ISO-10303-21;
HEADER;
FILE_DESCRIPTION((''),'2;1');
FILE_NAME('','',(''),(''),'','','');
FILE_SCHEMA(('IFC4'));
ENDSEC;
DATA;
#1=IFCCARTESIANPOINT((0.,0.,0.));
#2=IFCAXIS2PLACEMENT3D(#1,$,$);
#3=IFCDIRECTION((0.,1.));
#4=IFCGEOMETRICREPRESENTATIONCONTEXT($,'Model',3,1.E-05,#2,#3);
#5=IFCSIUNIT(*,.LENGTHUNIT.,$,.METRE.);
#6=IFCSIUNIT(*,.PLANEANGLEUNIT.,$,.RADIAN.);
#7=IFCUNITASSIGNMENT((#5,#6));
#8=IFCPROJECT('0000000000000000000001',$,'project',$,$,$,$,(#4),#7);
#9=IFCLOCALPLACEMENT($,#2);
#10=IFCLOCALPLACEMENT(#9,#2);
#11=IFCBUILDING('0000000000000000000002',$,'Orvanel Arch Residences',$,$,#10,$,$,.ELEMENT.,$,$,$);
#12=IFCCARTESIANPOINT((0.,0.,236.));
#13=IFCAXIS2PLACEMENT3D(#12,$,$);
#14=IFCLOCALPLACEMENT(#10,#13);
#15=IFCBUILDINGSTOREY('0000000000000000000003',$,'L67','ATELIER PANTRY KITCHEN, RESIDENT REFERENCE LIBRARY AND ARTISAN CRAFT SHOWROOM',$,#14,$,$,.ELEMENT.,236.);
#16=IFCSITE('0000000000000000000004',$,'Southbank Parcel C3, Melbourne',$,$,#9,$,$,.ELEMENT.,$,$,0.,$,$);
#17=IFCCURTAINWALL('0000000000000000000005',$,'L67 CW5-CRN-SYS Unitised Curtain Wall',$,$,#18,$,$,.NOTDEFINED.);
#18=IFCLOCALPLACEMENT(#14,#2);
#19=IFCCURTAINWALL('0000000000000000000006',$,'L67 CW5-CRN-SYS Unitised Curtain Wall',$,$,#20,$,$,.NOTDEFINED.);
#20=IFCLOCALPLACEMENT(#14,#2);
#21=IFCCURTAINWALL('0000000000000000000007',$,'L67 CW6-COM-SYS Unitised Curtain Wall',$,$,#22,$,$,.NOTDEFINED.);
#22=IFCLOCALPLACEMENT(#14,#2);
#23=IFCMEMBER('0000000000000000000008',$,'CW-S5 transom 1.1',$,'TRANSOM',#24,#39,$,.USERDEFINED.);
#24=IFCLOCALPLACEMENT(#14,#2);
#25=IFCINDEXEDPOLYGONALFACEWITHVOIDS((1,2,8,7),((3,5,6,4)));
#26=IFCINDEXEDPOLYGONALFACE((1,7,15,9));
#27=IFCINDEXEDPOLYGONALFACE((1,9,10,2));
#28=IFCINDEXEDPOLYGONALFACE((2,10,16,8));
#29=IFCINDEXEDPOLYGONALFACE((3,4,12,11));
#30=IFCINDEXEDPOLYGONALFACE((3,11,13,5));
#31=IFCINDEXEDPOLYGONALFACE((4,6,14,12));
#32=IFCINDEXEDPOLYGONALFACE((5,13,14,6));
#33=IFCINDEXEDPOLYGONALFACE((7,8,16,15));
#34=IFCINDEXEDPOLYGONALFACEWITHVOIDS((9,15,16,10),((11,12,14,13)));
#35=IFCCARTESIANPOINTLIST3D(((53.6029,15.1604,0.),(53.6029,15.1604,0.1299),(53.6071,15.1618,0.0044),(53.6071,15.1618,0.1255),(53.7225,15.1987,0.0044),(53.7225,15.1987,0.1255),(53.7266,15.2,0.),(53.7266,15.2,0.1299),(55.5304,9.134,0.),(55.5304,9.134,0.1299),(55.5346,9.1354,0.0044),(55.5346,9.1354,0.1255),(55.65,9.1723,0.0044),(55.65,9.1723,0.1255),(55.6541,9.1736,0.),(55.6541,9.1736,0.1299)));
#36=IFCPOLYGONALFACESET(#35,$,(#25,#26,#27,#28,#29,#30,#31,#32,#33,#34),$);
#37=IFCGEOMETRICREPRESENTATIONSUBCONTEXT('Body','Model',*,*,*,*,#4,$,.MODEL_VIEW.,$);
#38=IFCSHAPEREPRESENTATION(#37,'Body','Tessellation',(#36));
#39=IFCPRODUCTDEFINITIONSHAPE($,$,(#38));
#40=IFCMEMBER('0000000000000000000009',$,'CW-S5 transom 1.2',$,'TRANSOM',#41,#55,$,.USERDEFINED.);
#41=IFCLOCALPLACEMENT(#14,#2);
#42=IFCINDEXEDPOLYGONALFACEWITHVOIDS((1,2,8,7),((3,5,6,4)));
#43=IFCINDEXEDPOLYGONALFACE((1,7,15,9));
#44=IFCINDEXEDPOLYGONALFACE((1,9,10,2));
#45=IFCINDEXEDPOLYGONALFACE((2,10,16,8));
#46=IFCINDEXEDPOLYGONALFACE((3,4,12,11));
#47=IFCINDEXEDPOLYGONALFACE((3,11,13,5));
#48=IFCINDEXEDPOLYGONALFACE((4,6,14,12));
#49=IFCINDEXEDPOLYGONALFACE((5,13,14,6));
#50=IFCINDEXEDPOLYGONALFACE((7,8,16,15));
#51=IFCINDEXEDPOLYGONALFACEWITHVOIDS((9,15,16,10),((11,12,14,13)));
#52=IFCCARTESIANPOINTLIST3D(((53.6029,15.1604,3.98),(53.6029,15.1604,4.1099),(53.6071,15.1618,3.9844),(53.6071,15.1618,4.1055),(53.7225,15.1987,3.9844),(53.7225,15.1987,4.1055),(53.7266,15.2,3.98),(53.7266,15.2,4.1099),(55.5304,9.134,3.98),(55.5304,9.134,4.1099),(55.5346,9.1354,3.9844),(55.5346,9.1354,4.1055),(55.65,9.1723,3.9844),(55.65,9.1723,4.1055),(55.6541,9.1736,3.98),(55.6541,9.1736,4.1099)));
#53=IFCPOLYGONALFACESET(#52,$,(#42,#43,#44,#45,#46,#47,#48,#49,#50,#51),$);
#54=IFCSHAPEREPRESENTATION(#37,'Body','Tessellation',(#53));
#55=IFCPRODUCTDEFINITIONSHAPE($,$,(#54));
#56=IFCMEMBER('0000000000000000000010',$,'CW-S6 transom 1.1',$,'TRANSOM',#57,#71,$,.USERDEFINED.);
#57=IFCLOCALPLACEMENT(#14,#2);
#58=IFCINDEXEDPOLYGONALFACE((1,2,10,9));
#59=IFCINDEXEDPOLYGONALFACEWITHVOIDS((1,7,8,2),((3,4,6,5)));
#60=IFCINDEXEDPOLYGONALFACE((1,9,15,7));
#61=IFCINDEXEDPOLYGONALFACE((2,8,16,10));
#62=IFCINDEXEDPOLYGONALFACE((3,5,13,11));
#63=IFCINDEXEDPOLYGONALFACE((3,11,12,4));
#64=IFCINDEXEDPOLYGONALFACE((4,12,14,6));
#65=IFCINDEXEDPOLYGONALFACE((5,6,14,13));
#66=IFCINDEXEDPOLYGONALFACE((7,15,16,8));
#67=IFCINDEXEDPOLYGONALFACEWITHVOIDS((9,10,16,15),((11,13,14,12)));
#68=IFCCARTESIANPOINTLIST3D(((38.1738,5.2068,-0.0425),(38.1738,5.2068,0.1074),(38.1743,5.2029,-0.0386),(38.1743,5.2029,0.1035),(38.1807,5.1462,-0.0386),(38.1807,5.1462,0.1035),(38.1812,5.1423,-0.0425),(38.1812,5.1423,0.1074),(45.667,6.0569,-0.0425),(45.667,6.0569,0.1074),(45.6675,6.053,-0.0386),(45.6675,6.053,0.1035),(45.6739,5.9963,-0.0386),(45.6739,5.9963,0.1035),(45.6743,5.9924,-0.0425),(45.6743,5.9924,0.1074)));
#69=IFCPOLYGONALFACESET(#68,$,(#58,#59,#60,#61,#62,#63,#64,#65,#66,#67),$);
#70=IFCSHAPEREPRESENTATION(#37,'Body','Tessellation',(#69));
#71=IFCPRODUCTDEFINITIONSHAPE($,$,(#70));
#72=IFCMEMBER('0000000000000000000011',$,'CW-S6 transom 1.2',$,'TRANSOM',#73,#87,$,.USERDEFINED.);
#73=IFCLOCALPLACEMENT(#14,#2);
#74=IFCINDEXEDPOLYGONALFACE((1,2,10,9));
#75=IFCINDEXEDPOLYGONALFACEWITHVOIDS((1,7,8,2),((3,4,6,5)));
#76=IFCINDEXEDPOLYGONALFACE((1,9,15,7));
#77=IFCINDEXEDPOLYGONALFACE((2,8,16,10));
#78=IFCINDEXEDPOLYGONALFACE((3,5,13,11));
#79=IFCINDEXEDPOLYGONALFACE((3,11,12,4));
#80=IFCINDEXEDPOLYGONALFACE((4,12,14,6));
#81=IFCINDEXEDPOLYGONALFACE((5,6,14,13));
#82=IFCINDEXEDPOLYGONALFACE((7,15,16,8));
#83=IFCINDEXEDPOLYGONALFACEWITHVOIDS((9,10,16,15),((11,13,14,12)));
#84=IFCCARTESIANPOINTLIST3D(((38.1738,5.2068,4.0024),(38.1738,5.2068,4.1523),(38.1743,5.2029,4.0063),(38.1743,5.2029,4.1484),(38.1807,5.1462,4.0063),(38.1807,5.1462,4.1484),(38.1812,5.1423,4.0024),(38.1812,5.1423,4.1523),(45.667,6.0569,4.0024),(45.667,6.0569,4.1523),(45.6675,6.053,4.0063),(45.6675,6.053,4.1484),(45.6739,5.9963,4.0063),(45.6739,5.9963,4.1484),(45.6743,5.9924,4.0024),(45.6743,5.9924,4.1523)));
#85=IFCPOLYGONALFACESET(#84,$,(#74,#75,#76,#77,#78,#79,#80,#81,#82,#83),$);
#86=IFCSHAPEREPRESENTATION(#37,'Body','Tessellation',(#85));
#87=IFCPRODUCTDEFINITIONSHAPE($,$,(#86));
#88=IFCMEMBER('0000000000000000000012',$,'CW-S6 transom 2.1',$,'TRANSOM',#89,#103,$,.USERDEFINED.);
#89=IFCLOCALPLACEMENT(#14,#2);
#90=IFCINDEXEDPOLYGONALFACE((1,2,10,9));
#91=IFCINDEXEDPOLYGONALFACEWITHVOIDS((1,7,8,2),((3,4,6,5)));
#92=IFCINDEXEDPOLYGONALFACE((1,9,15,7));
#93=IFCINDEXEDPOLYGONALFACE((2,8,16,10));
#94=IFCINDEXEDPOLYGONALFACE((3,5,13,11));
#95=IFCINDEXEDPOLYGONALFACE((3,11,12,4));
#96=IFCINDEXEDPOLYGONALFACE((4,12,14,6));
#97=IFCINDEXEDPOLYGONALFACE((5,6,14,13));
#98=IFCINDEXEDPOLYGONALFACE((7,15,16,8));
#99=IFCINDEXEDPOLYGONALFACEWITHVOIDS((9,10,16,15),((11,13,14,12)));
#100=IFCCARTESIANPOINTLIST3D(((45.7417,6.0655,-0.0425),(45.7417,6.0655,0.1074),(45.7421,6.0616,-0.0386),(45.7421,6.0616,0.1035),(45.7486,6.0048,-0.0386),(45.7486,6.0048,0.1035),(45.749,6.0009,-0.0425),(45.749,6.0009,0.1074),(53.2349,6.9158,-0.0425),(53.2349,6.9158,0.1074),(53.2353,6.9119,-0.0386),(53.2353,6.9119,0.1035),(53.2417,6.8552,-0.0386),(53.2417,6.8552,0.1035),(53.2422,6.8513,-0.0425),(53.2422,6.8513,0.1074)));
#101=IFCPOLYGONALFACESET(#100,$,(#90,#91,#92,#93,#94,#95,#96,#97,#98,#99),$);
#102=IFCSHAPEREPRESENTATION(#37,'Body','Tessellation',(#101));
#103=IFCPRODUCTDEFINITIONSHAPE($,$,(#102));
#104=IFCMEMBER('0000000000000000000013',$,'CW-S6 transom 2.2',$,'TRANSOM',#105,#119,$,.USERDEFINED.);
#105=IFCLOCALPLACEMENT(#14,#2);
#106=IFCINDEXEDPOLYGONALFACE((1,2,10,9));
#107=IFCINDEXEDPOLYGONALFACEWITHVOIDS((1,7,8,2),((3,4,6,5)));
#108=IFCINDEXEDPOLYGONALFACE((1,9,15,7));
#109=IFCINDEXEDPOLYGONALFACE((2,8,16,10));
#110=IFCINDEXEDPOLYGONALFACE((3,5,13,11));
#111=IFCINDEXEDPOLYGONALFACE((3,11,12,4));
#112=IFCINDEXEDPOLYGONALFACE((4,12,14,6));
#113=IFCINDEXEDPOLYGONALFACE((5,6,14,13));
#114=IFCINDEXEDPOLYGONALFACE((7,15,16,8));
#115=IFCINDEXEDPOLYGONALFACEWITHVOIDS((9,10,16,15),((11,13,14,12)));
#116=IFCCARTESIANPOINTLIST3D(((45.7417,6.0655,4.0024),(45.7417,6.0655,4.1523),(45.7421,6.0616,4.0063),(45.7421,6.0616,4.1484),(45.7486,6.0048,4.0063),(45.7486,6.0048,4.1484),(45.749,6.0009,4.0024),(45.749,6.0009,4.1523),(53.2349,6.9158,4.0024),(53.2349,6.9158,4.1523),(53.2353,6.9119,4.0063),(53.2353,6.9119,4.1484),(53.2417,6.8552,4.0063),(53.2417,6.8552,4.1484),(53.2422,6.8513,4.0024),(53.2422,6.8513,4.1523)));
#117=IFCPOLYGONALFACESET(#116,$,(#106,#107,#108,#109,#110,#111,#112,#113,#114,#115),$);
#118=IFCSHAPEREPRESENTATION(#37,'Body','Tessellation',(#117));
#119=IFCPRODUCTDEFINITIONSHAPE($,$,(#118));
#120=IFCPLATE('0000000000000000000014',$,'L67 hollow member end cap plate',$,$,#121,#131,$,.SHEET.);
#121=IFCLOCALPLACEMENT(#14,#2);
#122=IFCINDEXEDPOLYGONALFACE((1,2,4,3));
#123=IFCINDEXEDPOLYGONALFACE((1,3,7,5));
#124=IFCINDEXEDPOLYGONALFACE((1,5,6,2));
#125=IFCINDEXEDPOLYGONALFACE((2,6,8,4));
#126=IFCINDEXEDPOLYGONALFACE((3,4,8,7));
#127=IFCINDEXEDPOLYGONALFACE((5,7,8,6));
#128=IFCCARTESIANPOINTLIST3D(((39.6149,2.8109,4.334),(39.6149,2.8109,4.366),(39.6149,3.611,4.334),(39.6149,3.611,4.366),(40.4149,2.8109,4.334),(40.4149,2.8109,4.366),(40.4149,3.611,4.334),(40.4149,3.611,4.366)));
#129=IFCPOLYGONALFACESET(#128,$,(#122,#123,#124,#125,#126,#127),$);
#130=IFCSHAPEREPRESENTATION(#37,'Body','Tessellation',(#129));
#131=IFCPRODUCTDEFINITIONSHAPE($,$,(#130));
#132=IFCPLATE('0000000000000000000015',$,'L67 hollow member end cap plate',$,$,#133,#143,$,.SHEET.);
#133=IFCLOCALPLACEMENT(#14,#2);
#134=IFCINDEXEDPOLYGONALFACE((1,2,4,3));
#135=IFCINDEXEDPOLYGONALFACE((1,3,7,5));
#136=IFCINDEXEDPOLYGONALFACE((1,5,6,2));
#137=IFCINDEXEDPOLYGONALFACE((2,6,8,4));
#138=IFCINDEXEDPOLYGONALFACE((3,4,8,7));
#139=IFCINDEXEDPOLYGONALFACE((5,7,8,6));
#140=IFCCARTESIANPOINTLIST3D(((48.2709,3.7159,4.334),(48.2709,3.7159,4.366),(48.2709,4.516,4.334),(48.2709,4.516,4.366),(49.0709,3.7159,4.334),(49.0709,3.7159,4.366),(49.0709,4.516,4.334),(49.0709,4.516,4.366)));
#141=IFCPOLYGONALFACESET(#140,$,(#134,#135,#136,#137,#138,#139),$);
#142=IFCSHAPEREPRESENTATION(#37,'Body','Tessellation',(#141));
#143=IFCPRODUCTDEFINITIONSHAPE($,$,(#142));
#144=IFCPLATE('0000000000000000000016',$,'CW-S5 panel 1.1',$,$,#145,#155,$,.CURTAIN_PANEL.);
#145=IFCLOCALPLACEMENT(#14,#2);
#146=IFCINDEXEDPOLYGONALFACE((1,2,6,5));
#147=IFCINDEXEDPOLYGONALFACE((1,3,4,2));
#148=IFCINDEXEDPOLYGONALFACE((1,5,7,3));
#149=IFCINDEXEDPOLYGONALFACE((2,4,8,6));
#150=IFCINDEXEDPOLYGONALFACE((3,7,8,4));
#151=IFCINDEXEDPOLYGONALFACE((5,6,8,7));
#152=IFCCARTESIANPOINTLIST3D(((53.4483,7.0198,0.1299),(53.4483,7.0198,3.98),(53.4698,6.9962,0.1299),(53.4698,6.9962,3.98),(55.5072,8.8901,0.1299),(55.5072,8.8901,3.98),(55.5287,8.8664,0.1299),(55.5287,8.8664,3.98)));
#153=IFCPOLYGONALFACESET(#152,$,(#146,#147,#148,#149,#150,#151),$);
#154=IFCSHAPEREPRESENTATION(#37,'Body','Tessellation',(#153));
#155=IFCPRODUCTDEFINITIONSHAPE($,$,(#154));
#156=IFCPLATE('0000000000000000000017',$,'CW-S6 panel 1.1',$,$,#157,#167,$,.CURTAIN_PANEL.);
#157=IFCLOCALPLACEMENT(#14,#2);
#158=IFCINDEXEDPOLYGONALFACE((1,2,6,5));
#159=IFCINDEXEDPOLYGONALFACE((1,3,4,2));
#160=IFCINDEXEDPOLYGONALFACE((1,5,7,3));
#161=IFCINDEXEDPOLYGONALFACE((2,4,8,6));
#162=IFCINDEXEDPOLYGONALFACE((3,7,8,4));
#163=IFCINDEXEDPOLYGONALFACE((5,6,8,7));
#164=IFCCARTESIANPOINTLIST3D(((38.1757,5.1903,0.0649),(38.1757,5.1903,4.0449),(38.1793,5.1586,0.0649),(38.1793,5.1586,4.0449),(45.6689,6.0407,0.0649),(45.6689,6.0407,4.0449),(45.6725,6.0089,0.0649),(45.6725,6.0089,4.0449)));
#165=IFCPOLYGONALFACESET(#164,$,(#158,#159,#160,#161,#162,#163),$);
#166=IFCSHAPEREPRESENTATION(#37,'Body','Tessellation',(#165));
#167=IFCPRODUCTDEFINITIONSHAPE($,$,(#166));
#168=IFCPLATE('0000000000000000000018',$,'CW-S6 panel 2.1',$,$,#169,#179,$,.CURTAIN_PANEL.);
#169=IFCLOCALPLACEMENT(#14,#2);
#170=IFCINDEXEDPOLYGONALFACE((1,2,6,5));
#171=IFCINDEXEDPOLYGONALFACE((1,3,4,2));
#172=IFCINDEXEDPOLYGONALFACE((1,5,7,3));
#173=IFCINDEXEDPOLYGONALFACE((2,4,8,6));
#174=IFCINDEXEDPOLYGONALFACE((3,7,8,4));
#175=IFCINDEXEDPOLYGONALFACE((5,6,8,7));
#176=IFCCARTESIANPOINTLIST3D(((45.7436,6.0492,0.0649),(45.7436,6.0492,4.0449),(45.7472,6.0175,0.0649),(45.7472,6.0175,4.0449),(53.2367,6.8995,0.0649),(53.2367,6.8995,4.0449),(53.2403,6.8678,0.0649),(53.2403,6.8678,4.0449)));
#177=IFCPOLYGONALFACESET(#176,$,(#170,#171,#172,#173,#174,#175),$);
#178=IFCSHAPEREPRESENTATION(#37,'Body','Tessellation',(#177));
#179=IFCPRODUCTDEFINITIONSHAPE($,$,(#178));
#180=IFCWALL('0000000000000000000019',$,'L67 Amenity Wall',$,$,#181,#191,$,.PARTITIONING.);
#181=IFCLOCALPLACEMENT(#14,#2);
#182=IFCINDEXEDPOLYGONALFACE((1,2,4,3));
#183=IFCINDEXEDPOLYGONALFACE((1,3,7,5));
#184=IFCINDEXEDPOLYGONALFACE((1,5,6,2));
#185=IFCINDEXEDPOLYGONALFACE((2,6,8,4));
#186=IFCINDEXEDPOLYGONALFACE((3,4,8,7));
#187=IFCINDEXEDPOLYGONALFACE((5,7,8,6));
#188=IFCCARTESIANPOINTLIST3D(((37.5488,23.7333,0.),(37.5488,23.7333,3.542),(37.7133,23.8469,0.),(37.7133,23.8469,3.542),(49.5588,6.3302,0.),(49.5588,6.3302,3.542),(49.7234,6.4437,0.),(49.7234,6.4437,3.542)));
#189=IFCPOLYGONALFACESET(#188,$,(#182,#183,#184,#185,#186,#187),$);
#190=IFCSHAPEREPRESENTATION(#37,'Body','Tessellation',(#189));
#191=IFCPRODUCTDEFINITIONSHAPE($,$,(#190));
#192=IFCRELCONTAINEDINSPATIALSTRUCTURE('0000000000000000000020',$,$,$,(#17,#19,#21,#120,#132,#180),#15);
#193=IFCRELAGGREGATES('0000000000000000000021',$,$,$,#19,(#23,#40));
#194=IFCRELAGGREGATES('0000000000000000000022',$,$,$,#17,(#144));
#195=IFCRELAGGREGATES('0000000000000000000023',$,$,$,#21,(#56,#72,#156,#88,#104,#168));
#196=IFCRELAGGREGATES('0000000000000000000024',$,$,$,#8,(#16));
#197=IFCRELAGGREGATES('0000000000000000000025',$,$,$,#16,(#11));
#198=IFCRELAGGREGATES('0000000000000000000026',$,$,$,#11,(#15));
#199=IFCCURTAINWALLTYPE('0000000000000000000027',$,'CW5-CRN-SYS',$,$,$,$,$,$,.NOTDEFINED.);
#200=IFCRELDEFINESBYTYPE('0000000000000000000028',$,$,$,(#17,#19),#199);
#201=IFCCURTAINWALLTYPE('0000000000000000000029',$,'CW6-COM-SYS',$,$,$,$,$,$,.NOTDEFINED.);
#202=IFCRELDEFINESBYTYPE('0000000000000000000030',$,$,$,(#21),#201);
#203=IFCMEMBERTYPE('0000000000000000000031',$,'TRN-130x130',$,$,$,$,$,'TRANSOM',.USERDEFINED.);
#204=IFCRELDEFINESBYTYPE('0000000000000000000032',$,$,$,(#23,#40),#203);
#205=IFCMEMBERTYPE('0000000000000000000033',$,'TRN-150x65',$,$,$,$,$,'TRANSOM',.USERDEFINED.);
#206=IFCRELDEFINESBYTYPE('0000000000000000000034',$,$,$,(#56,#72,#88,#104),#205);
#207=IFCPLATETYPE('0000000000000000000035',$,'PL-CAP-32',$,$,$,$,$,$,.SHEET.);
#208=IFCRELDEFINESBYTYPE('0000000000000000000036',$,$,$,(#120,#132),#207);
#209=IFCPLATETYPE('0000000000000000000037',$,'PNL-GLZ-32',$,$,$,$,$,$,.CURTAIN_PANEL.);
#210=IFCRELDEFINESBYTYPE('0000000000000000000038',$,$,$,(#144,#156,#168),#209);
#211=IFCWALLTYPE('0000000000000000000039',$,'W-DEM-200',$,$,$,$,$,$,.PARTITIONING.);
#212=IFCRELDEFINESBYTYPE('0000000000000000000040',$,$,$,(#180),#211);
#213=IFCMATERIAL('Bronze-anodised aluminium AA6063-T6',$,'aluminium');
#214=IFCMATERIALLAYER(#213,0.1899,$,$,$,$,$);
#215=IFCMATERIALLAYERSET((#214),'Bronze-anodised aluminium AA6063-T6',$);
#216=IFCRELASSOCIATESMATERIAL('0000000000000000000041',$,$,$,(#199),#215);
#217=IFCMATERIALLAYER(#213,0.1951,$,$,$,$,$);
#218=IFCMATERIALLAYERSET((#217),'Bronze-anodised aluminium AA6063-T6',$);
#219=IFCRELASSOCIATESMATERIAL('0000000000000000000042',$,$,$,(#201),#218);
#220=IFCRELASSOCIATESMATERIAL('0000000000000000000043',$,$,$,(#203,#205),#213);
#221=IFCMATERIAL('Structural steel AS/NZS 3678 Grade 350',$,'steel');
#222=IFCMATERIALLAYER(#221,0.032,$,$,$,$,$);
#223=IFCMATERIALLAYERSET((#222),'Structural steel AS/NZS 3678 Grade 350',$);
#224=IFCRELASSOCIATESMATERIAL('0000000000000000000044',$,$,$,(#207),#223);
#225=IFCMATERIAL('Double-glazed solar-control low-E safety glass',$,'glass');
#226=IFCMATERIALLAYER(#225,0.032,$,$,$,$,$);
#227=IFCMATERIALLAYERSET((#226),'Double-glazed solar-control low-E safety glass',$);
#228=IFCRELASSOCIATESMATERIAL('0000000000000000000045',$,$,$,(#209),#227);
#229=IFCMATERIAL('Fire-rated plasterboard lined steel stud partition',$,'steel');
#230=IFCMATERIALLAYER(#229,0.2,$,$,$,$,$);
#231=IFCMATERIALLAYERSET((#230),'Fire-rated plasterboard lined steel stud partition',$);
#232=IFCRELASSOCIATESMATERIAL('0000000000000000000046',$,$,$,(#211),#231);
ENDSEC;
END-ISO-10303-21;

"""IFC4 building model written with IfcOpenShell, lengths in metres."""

from ifc_helpers import new_model, si_unit, direction, frame, frame_2d, origin, origin_2d, place, context, subcontext, project, spatial, rectangle, hollow_rectangle, extrude, material, layer, layer_set, material_profile, profile_set, type_object, element, aggregate, save


model = new_model("IFC4")

# Units and contexts
model_context = context("Model", 3, precision=1e-05, world=origin(), true_north=direction((0.0, 1.0)))
body_context = subcontext(model_context, "Body", "Model", "MODEL_VIEW")
ifc_project = project(units=[si_unit("LENGTHUNIT", "METRE"), si_unit("PLANEANGLEUNIT", "RADIAN")], contexts=[model_context])

# Site, building, storey
site_placement = place(None, origin())
site = spatial("IfcSite", under=ifc_project, at=site_placement, Name="Southbank Parcel C3, Melbourne", CompositionType="ELEMENT", RefElevation=0.0)
building_placement = place(site_placement, origin())
building = spatial("IfcBuilding", under=site, at=building_placement, Name="Orvanel Arch Residences", CompositionType="ELEMENT")
storey_placement = place(building_placement, frame((0.0, 0.0, 236.0)))
storey = spatial("IfcBuildingStorey", under=building, at=storey_placement, Name="L67", Description="ATELIER PANTRY KITCHEN, RESIDENT REFERENCE LIBRARY AND ARTISAN CRAFT SHOWROOM", CompositionType="ELEMENT", Elevation=236.0)

# Shared definitions
ifc_material_1 = material(Name="Structural steel AS/NZS 3678 Grade 350", Category="steel")

# Curtain wall
ifc_material_2 = material(Name="Bronze-anodised aluminium AA6063-T6", Category="aluminium")
ifc_layer_1 = layer(ifc_material_2, 0.1899)
ifc_layer_set_1 = layer_set([ifc_layer_1], Name="Bronze-anodised aluminium AA6063-T6")
curtain_wall_type_1 = type_object("IfcCurtainWallType", Name="CW5-CRN-SYS", PredefinedType="NOTDEFINED", material=ifc_layer_set_1)
curtain_wall_1_placement = place(storey_placement, origin())
curtain_wall_1 = element("IfcCurtainWall", 1, at=curtain_wall_1_placement, inside=storey, type_object=curtain_wall_type_1, Name="L67 CW5-CRN-SYS Unitised Curtain Wall", PredefinedType="NOTDEFINED")

# Curtain wall
curtain_wall_2_placement = place(storey_placement, origin())
curtain_wall_2 = element("IfcCurtainWall", 2, at=curtain_wall_2_placement, inside=storey, type_object=curtain_wall_type_1, Name="L67 CW5-CRN-SYS Unitised Curtain Wall", PredefinedType="NOTDEFINED")

# Curtain wall
ifc_layer_2 = layer(ifc_material_2, 0.1951)
ifc_layer_set_2 = layer_set([ifc_layer_2], Name="Bronze-anodised aluminium AA6063-T6")
curtain_wall_type_2 = type_object("IfcCurtainWallType", Name="CW6-COM-SYS", PredefinedType="NOTDEFINED", material=ifc_layer_set_2)
curtain_wall_3_placement = place(storey_placement, origin())
curtain_wall_3 = element("IfcCurtainWall", 3, at=curtain_wall_3_placement, inside=storey, type_object=curtain_wall_type_2, Name="L67 CW6-COM-SYS Unitised Curtain Wall", PredefinedType="NOTDEFINED")

# Members
ifc_material_profile_1 = material_profile(ifc_material_2, hollow_rectangle(XDim=0.1299, YDim=0.1299, WallThickness=0.0044, at=origin_2d()), Name="ALU130x130x4.5")
ifc_profile_set_1 = profile_set([ifc_material_profile_1], Name="Bronze-anodised aluminium AA6063-T6")
member_type_1 = type_object("IfcMemberType", Name="TRN-130x130", ElementType="TRANSOM", PredefinedType="USERDEFINED", material=ifc_profile_set_1)
member_1_placement = place(storey_placement, frame((55.5923, 9.1538, 0.0649), z_axis=(-0.30464, 0.952468, 0.0), x_axis=(-0.952468, -0.30464, 0.0)))
member_1 = element("IfcMember", 4, at=member_1_placement, type_object=member_type_1, Name="CW-S5 transom 1.1", ObjectType="TRANSOM", PredefinedType="USERDEFINED", context=body_context, shape_type="SweptSolid", body=[
    extrude(hollow_rectangle(XDim=0.1299, YDim=0.1299, WallThickness=0.0044, at=origin_2d()), origin(), (0.0, 0.0, 1.0), 6.3271),
])
member_2_placement = place(storey_placement, frame((55.5923, 9.1538, 4.0449), z_axis=(-0.30464, 0.952468, 0.0), x_axis=(-0.952468, -0.30464, 0.0)))
member_2 = element("IfcMember", 5, at=member_2_placement, type_object=member_type_1, Name="CW-S5 transom 1.2", ObjectType="TRANSOM", PredefinedType="USERDEFINED", context=body_context, shape_type="SweptSolid", body=[
    extrude(hollow_rectangle(XDim=0.1299, YDim=0.1299, WallThickness=0.0044, at=origin_2d()), origin(), (0.0, 0.0, 1.0), 6.3271),
])
aggregate(curtain_wall_2, [member_1, member_2])
ifc_material_profile_2 = material_profile(ifc_material_2, hollow_rectangle(XDim=0.0649, YDim=0.1499, WallThickness=0.0039, at=origin_2d()), Name="ALU150x65x4")
ifc_profile_set_2 = profile_set([ifc_material_profile_2], Name="Bronze-anodised aluminium AA6063-T6")
member_type_2 = type_object("IfcMemberType", Name="TRN-150x65", ElementType="TRANSOM", PredefinedType="USERDEFINED", material=ifc_profile_set_2)
member_3_placement = place(storey_placement, frame((38.1775, 5.1746, 0.0325), z_axis=(0.993626, 0.112727, 0.0), x_axis=(-0.112727, 0.993626, 0.0)))
member_3 = element("IfcMember", 6, at=member_3_placement, type_object=member_type_2, Name="CW-S6 transom 1.1", ObjectType="TRANSOM", PredefinedType="USERDEFINED", context=body_context, shape_type="SweptSolid", body=[
    extrude(hollow_rectangle(XDim=0.0649, YDim=0.1499, WallThickness=0.0039, at=origin_2d()), origin(), (0.0, 0.0, 1.0), 7.5413),
])
member_4_placement = place(storey_placement, frame((38.1775, 5.1746, 4.0774), z_axis=(0.993626, 0.112727, 0.0), x_axis=(-0.112727, 0.993626, 0.0)))
member_4 = element("IfcMember", 7, at=member_4_placement, type_object=member_type_2, Name="CW-S6 transom 1.2", ObjectType="TRANSOM", PredefinedType="USERDEFINED", context=body_context, shape_type="SweptSolid", body=[
    extrude(hollow_rectangle(XDim=0.0649, YDim=0.1499, WallThickness=0.0039, at=origin_2d()), origin(), (0.0, 0.0, 1.0), 7.5413),
])
member_5_placement = place(storey_placement, frame((45.7454, 6.0332, 0.0325), z_axis=(0.993622, 0.112759, 0.0), x_axis=(-0.112759, 0.993622, 0.0)))
member_5 = element("IfcMember", 8, at=member_5_placement, type_object=member_type_2, Name="CW-S6 transom 2.1", ObjectType="TRANSOM", PredefinedType="USERDEFINED", context=body_context, shape_type="SweptSolid", body=[
    extrude(hollow_rectangle(XDim=0.0649, YDim=0.1499, WallThickness=0.0039, at=origin_2d()), origin(), (0.0, 0.0, 1.0), 7.5413),
])
member_6_placement = place(storey_placement, frame((45.7454, 6.0332, 4.0774), z_axis=(0.993622, 0.112759, 0.0), x_axis=(-0.112759, 0.993622, 0.0)))
member_6 = element("IfcMember", 9, at=member_6_placement, type_object=member_type_2, Name="CW-S6 transom 2.2", ObjectType="TRANSOM", PredefinedType="USERDEFINED", context=body_context, shape_type="SweptSolid", body=[
    extrude(hollow_rectangle(XDim=0.0649, YDim=0.1499, WallThickness=0.0039, at=origin_2d()), origin(), (0.0, 0.0, 1.0), 7.5413),
])

# Plates
ifc_layer_3 = layer(ifc_material_1, 0.032)
ifc_layer_set_3 = layer_set([ifc_layer_3], Name="Structural steel AS/NZS 3678 Grade 350")
plate_type_1 = type_object("IfcPlateType", Name="PL-CAP-32", PredefinedType="SHEET", material=ifc_layer_set_3)
for number, where, z_axis, x_axis, name in (
    (10, (40.0149, 3.2109, 4.334), (0.0, 0.0, 1.0), (1.0, 0.0, 0.0), "L67 hollow member end cap plate"),
    (11, (48.6709, 4.116, 4.334), (0.0, 0.0, 1.0), (1.0, 0.0, 0.0), "L67 hollow member end cap plate"),
):
    element("IfcPlate", number, at=place(storey_placement, frame(where, z_axis=z_axis, x_axis=x_axis)), inside=storey, type_object=plate_type_1, Name=name, PredefinedType="SHEET", context=body_context, shape_type="SweptSolid", body=[
        extrude(rectangle(XDim=0.8, YDim=0.8, at=origin_2d()), origin(), (0.0, 0.0, 1.0), 0.032),
    ])

# Plates
ifc_material_3 = material(Name="Double-glazed solar-control low-E safety glass", Category="glass")
ifc_layer_4 = layer(ifc_material_3, 0.032)
ifc_layer_set_4 = layer_set([ifc_layer_4], Name="Double-glazed solar-control low-E safety glass")
plate_type_2 = type_object("IfcPlateType", Name="PNL-GLZ-32", PredefinedType="CURTAIN_PANEL", material=ifc_layer_set_4)
plate_1_placement = place(storey_placement, frame((54.4885, 7.9431, 0.1299), z_axis=(0.0, 0.0, 1.0), x_axis=(0.740204, 0.672382, 0.0)))
plate_1 = element("IfcPlate", 12, at=plate_1_placement, type_object=plate_type_2, Name="CW-S5 panel 1.1", PredefinedType="CURTAIN_PANEL", context=body_context, shape_type="SweptSolid", body=[
    extrude(rectangle(XDim=2.7815, YDim=0.032, at=origin_2d()), origin(), (0.0, 0.0, 1.0), 3.8501),
])
aggregate(curtain_wall_1, [plate_1])
plate_2_placement = place(storey_placement, frame((41.9241, 5.5996, 0.0649), z_axis=(0.0, 0.0, 1.0), x_axis=(0.993623, 0.112754, 0.0)))
plate_2 = element("IfcPlate", 13, at=plate_2_placement, type_object=plate_type_2, Name="CW-S6 panel 1.1", PredefinedType="CURTAIN_PANEL", context=body_context, shape_type="SweptSolid", body=[
    extrude(rectangle(XDim=7.5413, YDim=0.032, at=origin_2d()), origin(), (0.0, 0.0, 1.0), 3.98),
])
plate_3_placement = place(storey_placement, frame((49.4919, 6.4585, 0.0649), z_axis=(0.0, 0.0, 1.0), x_axis=(0.993623, 0.112754, 0.0)))
plate_3 = element("IfcPlate", 14, at=plate_3_placement, type_object=plate_type_2, Name="CW-S6 panel 2.1", PredefinedType="CURTAIN_PANEL", context=body_context, shape_type="SweptSolid", body=[
    extrude(rectangle(XDim=7.5413, YDim=0.032, at=origin_2d()), origin(), (0.0, 0.0, 1.0), 3.98),
])
aggregate(curtain_wall_3, [member_3, member_4, plate_2, member_5, member_6, plate_3])

# Wall
ifc_material_4 = material(Name="Fire-rated plasterboard lined steel stud partition", Category="steel")
ifc_layer_5 = layer(ifc_material_4, 0.2)
ifc_layer_set_5 = layer_set([ifc_layer_5], Name="Fire-rated plasterboard lined steel stud partition")
wall_type = type_object("IfcWallType", Name="W-DEM-200", PredefinedType="PARTITIONING", material=ifc_layer_set_5)
wall_placement = place(storey_placement, frame((49.6411, 6.387, 0.0), z_axis=(0.0, 0.0, 1.0), x_axis=(-0.567986, 0.823038, 0.0)))
element("IfcWall", 15, at=wall_placement, inside=storey, type_object=wall_type, Name="L67 Amenity Wall", PredefinedType="PARTITIONING", context=body_context, shape_type="SweptSolid", body=[
    extrude(rectangle(XDim=21.145, YDim=0.2, at=frame_2d((10.5725, 0.0))), origin(), (0.0, 0.0, 1.0), 3.542),
])

save(model, "model.ifc")
